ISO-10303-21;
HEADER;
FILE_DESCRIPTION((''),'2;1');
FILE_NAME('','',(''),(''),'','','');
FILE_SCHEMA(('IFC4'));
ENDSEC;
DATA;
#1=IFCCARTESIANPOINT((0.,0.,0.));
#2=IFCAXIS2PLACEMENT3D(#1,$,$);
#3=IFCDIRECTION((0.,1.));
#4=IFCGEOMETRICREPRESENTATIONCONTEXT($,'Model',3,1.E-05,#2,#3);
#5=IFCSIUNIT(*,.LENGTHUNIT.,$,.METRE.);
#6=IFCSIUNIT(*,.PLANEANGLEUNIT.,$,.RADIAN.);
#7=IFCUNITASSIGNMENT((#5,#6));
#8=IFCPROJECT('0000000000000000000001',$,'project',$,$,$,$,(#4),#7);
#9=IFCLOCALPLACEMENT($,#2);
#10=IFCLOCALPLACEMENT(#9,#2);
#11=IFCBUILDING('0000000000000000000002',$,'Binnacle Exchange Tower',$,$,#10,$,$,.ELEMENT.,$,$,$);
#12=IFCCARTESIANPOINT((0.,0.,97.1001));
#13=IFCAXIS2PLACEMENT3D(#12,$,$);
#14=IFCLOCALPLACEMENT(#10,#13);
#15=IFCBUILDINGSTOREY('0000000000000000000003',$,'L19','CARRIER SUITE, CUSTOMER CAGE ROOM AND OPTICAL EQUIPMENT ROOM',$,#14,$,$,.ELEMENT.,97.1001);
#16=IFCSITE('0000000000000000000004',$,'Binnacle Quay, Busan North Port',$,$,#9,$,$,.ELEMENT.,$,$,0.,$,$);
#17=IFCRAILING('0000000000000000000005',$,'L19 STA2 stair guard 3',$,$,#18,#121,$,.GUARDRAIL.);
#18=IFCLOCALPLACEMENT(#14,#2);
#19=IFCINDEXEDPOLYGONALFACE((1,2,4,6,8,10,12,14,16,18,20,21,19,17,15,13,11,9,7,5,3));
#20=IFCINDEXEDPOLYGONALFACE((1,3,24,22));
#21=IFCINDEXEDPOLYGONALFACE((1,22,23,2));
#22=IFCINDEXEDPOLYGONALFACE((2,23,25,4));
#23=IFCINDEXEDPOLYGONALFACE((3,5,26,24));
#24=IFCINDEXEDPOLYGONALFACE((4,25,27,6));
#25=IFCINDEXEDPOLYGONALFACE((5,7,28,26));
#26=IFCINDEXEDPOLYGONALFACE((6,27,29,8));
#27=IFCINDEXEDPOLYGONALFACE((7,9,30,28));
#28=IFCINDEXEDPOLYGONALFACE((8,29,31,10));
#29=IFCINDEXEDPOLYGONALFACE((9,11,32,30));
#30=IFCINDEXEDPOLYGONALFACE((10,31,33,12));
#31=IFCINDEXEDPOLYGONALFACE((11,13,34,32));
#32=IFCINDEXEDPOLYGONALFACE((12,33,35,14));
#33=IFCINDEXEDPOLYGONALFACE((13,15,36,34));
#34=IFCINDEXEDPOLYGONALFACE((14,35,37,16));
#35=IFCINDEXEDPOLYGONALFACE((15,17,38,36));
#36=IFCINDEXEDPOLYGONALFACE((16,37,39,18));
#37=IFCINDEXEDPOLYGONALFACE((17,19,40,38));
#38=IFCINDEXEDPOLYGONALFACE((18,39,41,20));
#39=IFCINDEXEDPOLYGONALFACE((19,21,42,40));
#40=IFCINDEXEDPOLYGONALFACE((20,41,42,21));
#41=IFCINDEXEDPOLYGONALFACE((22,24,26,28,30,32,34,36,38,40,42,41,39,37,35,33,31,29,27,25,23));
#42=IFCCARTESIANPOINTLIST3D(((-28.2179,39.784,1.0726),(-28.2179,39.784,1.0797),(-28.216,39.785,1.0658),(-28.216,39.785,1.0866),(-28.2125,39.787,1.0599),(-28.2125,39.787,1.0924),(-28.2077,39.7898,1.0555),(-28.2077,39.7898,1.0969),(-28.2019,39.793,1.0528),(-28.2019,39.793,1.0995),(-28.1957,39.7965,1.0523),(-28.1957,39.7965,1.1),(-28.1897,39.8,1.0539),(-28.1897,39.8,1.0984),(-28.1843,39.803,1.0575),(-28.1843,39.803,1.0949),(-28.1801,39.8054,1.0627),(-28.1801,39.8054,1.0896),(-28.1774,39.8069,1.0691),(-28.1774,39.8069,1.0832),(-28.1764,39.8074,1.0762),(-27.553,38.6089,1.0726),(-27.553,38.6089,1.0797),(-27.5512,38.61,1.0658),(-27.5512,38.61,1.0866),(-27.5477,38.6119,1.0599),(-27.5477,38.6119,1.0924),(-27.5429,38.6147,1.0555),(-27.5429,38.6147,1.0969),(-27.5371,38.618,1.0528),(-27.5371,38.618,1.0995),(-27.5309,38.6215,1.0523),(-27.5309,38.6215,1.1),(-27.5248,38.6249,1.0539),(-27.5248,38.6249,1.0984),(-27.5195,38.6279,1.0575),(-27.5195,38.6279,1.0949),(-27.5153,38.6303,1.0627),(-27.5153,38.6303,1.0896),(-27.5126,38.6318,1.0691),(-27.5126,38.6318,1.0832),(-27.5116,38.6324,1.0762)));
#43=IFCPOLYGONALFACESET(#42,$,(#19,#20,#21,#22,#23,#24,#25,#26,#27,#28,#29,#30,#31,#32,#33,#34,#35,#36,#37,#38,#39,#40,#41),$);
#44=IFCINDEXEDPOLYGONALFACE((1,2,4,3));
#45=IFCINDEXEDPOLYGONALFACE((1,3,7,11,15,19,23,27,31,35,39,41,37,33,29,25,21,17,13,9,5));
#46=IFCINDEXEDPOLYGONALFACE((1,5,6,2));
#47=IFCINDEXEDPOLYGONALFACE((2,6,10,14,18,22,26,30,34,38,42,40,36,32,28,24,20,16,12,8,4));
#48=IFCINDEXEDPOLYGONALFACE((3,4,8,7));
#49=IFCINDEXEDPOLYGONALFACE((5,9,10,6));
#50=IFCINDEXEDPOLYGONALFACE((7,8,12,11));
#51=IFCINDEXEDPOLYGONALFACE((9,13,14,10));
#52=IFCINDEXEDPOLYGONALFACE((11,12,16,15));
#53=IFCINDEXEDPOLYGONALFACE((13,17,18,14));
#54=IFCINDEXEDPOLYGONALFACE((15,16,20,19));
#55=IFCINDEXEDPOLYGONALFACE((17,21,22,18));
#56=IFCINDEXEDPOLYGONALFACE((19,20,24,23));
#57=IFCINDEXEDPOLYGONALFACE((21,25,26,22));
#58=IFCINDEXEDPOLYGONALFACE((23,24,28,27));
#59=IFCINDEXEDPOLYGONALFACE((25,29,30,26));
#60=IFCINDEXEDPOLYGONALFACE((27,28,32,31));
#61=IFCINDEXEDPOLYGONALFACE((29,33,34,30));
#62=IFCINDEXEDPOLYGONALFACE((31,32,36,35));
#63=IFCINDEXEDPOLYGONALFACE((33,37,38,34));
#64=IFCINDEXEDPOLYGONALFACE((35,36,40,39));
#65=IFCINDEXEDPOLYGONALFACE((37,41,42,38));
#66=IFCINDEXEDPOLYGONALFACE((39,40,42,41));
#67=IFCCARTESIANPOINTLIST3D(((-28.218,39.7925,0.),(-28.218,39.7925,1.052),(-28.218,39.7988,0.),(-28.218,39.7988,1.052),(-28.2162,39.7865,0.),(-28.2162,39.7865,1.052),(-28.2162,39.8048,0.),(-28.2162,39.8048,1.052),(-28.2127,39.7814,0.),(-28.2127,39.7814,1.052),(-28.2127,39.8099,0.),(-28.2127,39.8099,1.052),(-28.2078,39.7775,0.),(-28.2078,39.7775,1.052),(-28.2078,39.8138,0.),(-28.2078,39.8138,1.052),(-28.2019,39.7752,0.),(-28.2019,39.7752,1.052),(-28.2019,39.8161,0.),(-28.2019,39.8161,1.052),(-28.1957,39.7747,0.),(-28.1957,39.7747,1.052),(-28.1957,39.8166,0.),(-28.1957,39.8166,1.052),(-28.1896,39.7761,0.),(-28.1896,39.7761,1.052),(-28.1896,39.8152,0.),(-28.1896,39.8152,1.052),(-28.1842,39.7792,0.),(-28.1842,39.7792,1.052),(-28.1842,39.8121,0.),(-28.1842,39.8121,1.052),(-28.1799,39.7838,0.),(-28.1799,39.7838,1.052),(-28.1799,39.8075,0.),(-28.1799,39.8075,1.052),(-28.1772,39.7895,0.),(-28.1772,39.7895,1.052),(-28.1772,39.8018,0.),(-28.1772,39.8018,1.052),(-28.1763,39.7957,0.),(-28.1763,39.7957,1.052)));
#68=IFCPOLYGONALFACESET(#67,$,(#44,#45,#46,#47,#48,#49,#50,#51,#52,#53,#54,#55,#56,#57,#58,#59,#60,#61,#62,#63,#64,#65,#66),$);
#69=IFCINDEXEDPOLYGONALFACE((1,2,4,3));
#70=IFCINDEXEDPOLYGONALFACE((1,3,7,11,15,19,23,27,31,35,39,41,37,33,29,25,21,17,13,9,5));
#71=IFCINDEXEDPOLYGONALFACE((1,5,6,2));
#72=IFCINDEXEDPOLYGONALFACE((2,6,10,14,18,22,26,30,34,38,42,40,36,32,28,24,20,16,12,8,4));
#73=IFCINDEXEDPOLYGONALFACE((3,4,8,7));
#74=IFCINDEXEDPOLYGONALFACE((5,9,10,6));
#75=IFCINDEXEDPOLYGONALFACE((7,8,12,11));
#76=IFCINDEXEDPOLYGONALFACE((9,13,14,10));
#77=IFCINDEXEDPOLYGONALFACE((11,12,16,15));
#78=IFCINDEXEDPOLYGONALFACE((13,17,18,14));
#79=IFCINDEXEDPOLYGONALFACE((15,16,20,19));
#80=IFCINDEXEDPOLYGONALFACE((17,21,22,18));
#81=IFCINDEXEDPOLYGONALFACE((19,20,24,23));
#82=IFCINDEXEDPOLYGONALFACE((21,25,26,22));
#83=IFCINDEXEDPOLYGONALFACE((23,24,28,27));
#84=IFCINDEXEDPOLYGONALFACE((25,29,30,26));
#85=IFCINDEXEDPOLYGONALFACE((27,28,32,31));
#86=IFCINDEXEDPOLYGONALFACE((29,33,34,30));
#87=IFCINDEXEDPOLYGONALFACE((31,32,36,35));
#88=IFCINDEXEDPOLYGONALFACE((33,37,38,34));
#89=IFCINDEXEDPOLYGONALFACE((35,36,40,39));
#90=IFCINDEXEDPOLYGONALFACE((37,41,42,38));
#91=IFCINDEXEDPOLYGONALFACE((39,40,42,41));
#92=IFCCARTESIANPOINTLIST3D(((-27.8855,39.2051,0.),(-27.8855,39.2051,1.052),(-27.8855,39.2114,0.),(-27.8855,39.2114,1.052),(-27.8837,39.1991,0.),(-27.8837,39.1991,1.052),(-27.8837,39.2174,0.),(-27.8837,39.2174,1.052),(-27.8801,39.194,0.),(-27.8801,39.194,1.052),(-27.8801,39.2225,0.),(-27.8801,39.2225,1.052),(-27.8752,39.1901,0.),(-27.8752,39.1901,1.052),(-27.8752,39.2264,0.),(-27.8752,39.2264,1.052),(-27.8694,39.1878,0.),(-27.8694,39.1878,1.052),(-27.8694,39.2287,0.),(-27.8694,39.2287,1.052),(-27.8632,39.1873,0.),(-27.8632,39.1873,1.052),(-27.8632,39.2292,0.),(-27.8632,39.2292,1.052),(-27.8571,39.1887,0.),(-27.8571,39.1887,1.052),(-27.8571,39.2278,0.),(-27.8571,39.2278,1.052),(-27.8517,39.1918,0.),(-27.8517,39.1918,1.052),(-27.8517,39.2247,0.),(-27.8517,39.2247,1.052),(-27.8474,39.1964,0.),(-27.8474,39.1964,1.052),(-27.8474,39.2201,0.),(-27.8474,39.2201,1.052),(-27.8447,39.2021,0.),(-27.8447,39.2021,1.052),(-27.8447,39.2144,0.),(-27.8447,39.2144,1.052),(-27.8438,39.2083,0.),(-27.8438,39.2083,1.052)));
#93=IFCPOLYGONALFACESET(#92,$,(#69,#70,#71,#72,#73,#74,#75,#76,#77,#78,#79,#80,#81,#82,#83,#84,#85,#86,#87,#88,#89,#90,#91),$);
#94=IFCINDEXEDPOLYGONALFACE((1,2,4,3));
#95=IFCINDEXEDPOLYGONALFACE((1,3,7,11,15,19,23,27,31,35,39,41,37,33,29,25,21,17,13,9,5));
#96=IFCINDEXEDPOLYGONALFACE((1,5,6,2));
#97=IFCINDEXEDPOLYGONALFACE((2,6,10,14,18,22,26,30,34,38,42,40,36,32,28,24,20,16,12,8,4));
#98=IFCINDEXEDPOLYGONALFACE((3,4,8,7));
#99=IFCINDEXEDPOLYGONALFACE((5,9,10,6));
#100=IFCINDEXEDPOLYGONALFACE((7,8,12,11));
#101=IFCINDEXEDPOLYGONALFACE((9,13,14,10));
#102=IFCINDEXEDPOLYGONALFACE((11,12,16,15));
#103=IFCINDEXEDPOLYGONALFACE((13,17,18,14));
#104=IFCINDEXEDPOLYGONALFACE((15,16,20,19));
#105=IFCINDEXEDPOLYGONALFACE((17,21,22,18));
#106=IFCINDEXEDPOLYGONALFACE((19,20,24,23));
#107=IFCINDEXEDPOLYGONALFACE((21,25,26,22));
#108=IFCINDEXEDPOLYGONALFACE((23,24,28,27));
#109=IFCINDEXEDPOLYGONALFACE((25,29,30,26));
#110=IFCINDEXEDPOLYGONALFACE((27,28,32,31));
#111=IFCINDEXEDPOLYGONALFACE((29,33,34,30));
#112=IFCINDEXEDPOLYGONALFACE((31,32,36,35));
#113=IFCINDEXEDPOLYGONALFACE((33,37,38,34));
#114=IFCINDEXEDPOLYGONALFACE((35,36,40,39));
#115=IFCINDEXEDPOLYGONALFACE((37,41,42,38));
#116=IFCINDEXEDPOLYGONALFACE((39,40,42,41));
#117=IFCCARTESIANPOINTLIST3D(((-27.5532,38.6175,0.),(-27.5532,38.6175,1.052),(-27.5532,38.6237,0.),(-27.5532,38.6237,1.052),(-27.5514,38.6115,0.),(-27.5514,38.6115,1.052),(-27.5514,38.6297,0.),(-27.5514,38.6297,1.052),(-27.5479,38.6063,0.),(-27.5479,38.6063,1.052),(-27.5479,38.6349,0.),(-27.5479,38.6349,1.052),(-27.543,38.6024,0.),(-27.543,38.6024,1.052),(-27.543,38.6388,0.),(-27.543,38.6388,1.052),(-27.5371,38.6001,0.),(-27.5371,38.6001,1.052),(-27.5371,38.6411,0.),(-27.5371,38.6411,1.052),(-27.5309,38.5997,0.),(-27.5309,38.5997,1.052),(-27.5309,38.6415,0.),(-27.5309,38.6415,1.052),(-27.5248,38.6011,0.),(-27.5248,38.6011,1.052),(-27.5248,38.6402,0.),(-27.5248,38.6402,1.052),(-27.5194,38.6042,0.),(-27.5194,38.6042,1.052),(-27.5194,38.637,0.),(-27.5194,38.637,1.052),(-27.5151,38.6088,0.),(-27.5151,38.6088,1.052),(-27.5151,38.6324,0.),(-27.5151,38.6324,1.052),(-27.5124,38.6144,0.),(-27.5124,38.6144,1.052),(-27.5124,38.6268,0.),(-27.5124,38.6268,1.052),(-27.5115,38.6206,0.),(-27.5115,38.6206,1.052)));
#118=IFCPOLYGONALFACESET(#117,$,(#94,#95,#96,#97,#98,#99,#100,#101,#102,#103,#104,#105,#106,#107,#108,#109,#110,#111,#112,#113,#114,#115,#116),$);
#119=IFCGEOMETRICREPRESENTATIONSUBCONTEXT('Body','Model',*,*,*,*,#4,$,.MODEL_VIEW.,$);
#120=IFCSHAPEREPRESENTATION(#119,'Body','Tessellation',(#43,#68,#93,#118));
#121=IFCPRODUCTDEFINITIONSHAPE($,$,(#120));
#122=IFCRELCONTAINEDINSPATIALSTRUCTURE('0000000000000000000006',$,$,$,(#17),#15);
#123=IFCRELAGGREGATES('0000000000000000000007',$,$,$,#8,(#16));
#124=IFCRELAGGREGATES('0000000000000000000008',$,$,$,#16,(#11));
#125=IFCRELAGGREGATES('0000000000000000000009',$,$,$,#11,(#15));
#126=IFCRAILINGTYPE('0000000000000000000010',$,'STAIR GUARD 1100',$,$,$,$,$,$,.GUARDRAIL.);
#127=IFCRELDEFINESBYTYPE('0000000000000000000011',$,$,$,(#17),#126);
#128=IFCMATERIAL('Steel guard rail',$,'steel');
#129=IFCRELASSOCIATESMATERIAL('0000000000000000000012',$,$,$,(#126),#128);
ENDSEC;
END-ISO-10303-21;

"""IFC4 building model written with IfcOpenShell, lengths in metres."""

from ifc_helpers import new_model, si_unit, direction, frame, origin, origin_2d, place, context, subcontext, project, spatial, circle, extrude, material, type_object, element, save


model = new_model("IFC4")

# Units and contexts
model_context = context("Model", 3, precision=1e-05, world=origin(), true_north=direction((0.0, 1.0)))
body_context = subcontext(model_context, "Body", "Model", "MODEL_VIEW")
ifc_project = project(units=[si_unit("LENGTHUNIT", "METRE"), si_unit("PLANEANGLEUNIT", "RADIAN")], contexts=[model_context])

# Site, building, storey
site_placement = place(None, origin())
site = spatial("IfcSite", under=ifc_project, at=site_placement, Name="Binnacle Quay, Busan North Port", CompositionType="ELEMENT", RefElevation=0.0)
building_placement = place(site_placement, origin())
building = spatial("IfcBuilding", under=site, at=building_placement, Name="Binnacle Exchange Tower", CompositionType="ELEMENT")
storey_placement = place(building_placement, frame((0.0, 0.0, 97.1001)))
storey = spatial("IfcBuildingStorey", under=building, at=storey_placement, Name="L19", Description="CARRIER SUITE, CUSTOMER CAGE ROOM AND OPTICAL EQUIPMENT ROOM", CompositionType="ELEMENT", Elevation=97.1001)

# Railing
ifc_material_1 = material(Name="Steel guard rail", Category="steel")
railing_type_1 = type_object("IfcRailingType", Name="STAIR GUARD 1100", PredefinedType="GUARDRAIL", material=ifc_material_1)
railing_1_placement = place(storey_placement, frame((-28.1973, 39.7957, 0.0)))
element("IfcRailing", 1, at=railing_1_placement, inside=storey, type_object=railing_type_1, Name="L19 STA2 stair guard 3", PredefinedType="GUARDRAIL", context=body_context, shape_type="SweptSolid", body=[
    extrude(circle(Radius=0.0239, at=origin_2d()), frame((0.0, 0.0, 1.0762), z_axis=(0.492415, -0.870361, 0.0), x_axis=(0.870361, 0.492415, 0.0)), (0.0, 0.0, 1.0), 1.3501),
    extrude(circle(Radius=0.021, at=origin_2d()), origin(), (0.0, 0.0, 1.0), 1.052),
    extrude(circle(Radius=0.021, at=origin_2d()), frame((0.3325, -0.5874, 0.0)), (0.0, 0.0, 1.0), 1.052),
    extrude(circle(Radius=0.021, at=origin_2d()), frame((0.6648, -1.175, 0.0)), (0.0, 0.0, 1.0), 1.052),
])

save(model, "model.ifc")
